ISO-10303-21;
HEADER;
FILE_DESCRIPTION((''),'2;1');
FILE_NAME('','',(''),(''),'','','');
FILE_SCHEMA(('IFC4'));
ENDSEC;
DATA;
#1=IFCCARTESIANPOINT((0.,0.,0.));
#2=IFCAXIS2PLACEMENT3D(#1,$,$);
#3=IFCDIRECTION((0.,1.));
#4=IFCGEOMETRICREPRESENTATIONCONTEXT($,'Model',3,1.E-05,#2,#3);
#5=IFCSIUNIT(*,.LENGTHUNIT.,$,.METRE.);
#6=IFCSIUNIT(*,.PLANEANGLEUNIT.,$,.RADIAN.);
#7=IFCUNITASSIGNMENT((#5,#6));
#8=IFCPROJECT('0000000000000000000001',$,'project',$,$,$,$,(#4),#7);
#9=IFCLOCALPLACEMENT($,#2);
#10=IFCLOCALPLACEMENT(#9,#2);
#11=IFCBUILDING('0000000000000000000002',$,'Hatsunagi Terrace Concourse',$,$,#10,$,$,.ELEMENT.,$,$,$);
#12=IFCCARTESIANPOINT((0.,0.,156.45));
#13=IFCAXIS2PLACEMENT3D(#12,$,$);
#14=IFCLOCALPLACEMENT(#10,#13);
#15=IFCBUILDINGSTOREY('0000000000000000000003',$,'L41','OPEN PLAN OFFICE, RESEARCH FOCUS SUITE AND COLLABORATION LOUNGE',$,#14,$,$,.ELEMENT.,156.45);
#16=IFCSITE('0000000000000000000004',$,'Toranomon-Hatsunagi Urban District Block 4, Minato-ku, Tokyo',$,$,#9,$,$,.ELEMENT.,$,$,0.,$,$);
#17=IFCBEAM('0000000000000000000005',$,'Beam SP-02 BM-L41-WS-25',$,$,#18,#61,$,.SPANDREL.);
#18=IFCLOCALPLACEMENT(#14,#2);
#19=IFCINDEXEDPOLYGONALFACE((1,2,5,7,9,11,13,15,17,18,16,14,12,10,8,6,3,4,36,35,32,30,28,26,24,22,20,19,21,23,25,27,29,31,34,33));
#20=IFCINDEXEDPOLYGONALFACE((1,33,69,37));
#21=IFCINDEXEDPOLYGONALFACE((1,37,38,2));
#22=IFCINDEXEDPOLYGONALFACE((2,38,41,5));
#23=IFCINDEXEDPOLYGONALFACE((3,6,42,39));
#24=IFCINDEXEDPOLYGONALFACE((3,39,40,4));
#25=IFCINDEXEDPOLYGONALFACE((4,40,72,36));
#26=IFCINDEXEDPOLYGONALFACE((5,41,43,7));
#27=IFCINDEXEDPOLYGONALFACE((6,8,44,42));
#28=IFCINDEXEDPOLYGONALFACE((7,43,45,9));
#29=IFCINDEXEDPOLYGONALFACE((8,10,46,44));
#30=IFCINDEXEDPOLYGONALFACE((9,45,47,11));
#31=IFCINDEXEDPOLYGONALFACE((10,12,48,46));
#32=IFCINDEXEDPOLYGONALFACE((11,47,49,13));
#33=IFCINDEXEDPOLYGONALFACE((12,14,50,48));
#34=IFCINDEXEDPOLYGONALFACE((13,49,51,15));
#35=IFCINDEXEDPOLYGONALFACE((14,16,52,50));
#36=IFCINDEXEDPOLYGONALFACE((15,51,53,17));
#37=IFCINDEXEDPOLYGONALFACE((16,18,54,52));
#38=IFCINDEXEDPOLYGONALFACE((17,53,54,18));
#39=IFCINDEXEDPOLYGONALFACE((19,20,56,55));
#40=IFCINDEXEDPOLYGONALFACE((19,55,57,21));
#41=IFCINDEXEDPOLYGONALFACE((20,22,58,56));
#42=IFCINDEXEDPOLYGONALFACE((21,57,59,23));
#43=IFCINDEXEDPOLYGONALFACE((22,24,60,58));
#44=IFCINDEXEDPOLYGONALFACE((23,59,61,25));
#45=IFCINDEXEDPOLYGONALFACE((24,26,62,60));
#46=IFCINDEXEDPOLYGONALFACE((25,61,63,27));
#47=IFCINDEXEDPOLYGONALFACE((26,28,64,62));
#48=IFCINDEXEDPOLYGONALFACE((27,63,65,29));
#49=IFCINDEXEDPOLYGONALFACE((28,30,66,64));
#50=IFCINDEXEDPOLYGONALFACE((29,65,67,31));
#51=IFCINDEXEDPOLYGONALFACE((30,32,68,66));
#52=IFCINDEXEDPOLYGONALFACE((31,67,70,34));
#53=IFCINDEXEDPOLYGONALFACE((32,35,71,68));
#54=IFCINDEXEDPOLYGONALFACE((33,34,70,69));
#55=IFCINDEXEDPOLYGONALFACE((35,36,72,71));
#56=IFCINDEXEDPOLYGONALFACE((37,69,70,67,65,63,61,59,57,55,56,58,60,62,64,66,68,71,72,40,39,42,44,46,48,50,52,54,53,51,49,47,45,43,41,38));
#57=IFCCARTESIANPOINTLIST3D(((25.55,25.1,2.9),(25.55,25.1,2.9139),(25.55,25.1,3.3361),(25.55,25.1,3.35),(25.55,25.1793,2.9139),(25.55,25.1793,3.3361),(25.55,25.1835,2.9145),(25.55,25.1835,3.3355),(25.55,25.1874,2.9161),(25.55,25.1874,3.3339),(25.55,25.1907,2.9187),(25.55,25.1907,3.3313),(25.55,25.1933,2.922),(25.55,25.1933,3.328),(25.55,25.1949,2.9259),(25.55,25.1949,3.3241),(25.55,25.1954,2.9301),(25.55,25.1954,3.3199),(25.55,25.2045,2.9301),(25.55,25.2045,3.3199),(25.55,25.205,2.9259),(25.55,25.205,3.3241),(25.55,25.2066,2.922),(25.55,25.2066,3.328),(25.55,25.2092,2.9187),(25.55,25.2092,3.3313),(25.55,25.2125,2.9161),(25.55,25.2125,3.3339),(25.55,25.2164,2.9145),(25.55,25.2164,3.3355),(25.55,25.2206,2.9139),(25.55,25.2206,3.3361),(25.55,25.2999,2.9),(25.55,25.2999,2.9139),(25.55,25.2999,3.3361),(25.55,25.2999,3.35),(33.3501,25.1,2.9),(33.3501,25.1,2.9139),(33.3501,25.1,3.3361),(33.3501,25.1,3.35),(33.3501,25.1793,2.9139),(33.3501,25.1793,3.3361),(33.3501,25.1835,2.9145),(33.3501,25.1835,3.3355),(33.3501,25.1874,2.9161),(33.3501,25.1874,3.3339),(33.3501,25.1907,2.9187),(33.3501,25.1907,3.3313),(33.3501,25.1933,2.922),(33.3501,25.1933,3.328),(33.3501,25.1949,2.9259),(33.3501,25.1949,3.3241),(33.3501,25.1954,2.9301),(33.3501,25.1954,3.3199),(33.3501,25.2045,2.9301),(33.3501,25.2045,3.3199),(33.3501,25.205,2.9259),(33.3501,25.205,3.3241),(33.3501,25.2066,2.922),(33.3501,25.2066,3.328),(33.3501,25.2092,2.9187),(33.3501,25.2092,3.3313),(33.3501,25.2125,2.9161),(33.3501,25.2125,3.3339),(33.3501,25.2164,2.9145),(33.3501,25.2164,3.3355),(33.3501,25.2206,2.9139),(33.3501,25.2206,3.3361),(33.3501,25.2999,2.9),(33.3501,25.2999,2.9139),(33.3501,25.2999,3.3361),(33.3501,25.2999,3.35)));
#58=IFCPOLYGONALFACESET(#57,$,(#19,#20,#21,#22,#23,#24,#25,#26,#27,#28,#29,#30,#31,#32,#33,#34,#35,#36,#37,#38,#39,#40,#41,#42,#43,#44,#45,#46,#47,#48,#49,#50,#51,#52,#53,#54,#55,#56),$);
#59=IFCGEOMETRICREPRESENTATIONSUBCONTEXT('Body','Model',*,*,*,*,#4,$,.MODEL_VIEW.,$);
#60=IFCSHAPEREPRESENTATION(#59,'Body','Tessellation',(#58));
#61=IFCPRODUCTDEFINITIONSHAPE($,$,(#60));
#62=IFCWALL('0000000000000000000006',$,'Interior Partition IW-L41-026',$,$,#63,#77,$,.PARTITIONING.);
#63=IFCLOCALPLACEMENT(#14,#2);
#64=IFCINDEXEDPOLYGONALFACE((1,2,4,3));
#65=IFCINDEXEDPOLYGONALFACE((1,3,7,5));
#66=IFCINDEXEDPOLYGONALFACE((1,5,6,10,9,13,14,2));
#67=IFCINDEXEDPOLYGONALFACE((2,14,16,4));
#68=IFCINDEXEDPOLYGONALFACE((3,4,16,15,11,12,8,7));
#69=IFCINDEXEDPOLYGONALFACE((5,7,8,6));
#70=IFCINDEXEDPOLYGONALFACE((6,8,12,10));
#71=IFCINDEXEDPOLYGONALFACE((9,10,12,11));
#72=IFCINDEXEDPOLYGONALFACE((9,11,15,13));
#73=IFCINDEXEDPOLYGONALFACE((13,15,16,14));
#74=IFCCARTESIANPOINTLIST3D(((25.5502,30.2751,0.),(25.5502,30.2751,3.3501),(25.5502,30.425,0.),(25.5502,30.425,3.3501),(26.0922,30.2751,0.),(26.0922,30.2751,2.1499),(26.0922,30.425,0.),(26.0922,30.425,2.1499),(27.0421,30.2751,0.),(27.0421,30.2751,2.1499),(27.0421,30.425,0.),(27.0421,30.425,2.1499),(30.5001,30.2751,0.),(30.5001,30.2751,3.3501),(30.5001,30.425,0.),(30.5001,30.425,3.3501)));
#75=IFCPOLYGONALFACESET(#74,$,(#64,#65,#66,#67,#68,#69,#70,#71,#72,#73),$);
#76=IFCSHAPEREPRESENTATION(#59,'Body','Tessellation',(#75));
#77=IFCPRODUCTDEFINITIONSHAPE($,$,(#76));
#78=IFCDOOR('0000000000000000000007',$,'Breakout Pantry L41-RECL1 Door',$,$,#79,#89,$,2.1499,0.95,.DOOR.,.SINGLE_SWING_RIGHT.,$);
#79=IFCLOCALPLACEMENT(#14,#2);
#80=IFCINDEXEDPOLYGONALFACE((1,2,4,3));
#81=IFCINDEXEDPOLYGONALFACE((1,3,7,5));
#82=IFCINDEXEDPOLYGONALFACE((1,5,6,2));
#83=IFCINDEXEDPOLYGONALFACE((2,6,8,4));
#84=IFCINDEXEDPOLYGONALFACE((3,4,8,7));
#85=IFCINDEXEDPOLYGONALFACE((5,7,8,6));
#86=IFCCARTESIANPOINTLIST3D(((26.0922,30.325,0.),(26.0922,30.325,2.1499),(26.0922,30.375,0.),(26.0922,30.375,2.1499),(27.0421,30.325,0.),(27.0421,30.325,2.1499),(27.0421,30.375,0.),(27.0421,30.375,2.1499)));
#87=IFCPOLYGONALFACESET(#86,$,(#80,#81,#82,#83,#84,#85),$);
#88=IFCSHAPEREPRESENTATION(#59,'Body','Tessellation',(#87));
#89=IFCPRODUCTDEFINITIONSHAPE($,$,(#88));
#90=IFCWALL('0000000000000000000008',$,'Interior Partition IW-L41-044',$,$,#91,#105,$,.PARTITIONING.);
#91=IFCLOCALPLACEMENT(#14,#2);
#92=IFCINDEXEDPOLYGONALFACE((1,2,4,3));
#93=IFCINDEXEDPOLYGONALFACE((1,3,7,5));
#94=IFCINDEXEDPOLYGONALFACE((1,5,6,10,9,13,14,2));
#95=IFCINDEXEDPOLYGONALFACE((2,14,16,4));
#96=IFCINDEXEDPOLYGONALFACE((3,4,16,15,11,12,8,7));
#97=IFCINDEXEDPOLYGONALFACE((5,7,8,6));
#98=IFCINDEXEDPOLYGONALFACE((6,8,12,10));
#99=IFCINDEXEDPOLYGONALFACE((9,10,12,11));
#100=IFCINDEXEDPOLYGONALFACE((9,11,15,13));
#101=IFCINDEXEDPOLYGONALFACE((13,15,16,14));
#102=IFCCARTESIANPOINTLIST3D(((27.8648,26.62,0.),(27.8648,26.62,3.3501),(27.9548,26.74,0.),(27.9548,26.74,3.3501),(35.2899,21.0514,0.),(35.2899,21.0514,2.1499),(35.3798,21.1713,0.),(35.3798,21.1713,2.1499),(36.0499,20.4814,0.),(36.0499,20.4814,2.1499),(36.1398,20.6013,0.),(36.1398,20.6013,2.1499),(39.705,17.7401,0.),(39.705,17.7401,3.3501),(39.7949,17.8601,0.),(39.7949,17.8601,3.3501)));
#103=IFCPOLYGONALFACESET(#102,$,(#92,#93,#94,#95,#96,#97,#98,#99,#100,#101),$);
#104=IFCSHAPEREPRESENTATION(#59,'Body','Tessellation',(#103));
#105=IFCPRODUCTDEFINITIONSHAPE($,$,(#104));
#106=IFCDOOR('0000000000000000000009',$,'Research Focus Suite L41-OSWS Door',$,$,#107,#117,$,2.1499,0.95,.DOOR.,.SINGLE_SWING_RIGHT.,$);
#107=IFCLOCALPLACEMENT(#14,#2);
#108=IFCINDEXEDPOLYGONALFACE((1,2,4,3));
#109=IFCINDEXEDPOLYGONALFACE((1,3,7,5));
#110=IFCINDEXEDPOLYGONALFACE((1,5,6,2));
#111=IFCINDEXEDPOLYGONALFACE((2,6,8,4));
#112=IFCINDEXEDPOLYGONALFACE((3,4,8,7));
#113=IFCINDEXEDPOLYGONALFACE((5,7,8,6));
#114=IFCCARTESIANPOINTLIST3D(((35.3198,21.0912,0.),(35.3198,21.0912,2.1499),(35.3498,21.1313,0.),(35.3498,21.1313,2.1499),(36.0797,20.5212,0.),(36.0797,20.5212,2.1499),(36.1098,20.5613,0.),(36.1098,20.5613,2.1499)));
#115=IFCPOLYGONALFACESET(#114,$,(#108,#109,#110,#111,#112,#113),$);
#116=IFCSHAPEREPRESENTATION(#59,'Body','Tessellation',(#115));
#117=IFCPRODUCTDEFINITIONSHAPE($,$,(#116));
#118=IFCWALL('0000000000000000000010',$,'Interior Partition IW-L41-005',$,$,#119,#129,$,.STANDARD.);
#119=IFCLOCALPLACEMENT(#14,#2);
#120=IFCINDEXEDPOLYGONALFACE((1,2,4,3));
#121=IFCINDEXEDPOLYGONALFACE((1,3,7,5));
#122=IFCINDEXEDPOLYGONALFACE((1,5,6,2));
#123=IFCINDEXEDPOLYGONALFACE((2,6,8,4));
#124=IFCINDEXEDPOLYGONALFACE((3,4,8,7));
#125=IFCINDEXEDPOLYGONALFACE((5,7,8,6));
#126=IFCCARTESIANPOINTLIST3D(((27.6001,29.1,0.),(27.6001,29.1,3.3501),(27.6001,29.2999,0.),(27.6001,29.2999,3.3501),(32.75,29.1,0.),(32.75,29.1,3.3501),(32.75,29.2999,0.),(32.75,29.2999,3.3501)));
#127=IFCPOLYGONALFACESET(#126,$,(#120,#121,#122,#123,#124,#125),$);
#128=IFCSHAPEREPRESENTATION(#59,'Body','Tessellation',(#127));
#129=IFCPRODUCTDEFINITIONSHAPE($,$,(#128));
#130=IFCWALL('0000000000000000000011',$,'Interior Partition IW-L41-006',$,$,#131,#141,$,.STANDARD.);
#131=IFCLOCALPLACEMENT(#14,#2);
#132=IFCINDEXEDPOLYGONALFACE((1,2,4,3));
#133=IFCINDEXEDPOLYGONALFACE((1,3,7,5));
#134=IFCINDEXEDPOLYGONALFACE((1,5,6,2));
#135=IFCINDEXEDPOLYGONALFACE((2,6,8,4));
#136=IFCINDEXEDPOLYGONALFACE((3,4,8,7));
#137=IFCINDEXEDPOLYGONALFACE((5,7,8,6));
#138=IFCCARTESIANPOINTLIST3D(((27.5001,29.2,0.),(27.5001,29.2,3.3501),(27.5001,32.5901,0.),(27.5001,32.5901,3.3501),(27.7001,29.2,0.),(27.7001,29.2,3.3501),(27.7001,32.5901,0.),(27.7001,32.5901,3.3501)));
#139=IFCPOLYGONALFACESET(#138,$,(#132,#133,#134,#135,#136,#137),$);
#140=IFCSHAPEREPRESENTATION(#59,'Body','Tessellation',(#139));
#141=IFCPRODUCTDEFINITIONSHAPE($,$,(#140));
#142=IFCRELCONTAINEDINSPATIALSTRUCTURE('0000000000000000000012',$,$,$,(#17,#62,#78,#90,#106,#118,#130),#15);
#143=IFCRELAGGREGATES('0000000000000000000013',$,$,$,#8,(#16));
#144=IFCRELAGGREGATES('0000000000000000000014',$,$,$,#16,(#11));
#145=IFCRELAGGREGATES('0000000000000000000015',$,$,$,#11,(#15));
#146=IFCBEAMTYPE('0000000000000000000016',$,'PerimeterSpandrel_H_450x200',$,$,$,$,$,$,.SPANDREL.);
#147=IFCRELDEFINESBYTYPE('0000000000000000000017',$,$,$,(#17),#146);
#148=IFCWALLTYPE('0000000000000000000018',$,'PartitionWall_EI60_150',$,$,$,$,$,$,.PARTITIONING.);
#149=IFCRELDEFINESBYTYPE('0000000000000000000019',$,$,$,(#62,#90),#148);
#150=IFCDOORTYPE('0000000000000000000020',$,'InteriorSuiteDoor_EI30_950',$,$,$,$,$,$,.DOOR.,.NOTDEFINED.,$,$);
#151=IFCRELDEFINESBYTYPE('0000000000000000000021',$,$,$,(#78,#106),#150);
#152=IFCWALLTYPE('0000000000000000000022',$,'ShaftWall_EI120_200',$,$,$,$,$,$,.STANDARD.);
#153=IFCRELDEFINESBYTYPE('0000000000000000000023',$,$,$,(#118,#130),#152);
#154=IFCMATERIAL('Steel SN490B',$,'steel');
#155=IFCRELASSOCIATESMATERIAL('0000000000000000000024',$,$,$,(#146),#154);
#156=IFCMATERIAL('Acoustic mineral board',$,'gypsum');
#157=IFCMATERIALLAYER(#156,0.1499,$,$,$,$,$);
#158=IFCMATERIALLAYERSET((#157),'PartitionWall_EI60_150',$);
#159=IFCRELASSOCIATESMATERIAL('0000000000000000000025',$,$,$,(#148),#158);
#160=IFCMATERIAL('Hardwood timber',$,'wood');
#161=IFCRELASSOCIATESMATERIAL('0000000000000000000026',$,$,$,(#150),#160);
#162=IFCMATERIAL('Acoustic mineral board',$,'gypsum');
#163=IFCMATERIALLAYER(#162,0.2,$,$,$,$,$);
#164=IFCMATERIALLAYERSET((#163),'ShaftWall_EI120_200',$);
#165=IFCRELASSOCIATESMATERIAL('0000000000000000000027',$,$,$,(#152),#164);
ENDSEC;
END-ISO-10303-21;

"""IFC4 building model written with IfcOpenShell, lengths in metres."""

from ifc_helpers import new_model, si_unit, direction, frame, frame_2d, origin, origin_2d, place, context, subcontext, project, spatial, rectangle, i_section, extrude, material, layer, layer_set, material_profile, profile_set, type_object, element, fill, save


model = new_model("IFC4")

# Units and contexts
model_context = context("Model", 3, precision=1e-05, world=origin(), true_north=direction((0.0, 1.0)))
body_context = subcontext(model_context, "Body", "Model", "MODEL_VIEW")
ifc_project = project(units=[si_unit("LENGTHUNIT", "METRE"), si_unit("PLANEANGLEUNIT", "RADIAN")], contexts=[model_context])

# Site, building, storey
site_placement = place(None, origin())
site = spatial("IfcSite", under=ifc_project, at=site_placement, Name="Toranomon-Hatsunagi Urban District Block 4, Minato-ku, Tokyo", CompositionType="ELEMENT", RefElevation=0.0)
building_placement = place(site_placement, origin())
building = spatial("IfcBuilding", under=site, at=building_placement, Name="Hatsunagi Terrace Concourse", CompositionType="ELEMENT")
storey_placement = place(building_placement, frame((0.0, 0.0, 156.45)))
storey = spatial("IfcBuildingStorey", under=building, at=storey_placement, Name="L41", Description="OPEN PLAN OFFICE, RESEARCH FOCUS SUITE AND COLLABORATION LOUNGE", CompositionType="ELEMENT", Elevation=156.45)

# Beam
ifc_material_1 = material(Name="Steel SN490B", Category="steel")
ifc_material_profile_1 = material_profile(ifc_material_1, i_section(OverallWidth=0.2, OverallDepth=0.45, WebThickness=0.009, FlangeThickness=0.0139, FilletRadius=0.0161, at=origin_2d()), Name="H-450x200x9x14")
ifc_profile_set_1 = profile_set([ifc_material_profile_1], Name="Steel SN490B")
beam_type_1 = type_object("IfcBeamType", Name="PerimeterSpandrel_H_450x200", PredefinedType="SPANDREL", material=ifc_profile_set_1)
beam_1_placement = place(storey_placement, frame((25.55, 25.2, 3.125), z_axis=(1.0, 0.0, 0.0), x_axis=(0.0, 1.0, 0.0)))
element("IfcBeam", 1, at=beam_1_placement, inside=storey, type_object=beam_type_1, Name="Beam SP-02 BM-L41-WS-25", PredefinedType="SPANDREL", context=body_context, shape_type="SweptSolid", body=[
    extrude(i_section(OverallWidth=0.2, OverallDepth=0.45, WebThickness=0.009, FlangeThickness=0.0139, FilletRadius=0.0161, at=origin_2d()), origin(), (0.0, 0.0, 1.0), 7.8),
])

# Walls, openings, doors
ifc_material_2 = material(Name="Acoustic mineral board", Category="gypsum")
ifc_layer_1 = layer(ifc_material_2, 0.1499)
ifc_layer_set_1 = layer_set([ifc_layer_1], Name="PartitionWall_EI60_150")
wall_type_1 = type_object("IfcWallType", Name="PartitionWall_EI60_150", PredefinedType="PARTITIONING", material=ifc_layer_set_1)
wall_1_placement = place(storey_placement, frame((25.55, 30.3501, 0.0), z_axis=(0.0, 0.0, 1.0), x_axis=(1.0, 0.0, 0.0)))
wall_1 = element("IfcWall", 2, at=wall_1_placement, inside=storey, type_object=wall_type_1, Name="Interior Partition IW-L41-026", PredefinedType="PARTITIONING", context=body_context, shape_type="SweptSolid", body=[
    extrude(rectangle(XDim=4.95, YDim=0.1499, at=frame_2d((2.4751, 0.0))), origin(), (0.0, 0.0, 1.0), 3.3501),
])
opening_1_placement = place(wall_1_placement, frame((0.542, 0.0, 0.0)))
opening_1 = element("IfcOpeningElement", 3, at=opening_1_placement, cuts=wall_1, PredefinedType="OPENING", context=body_context, shape_type="SweptSolid", body=[
    extrude(rectangle(XDim=0.95, YDim=2.1499, at=frame_2d((0.4751, 1.075))), frame((0.0, 0.085, 0.0), z_axis=(0.0, -1.0, 0.0), x_axis=(1.0, 0.0, 0.0)), (0.0, 0.0, 1.0), 0.1699),
])
ifc_material_3 = material(Name="Hardwood timber", Category="wood")
door_type = type_object("IfcDoorType", Name="InteriorSuiteDoor_EI30_950", OperationType="NOTDEFINED", PredefinedType="DOOR", material=ifc_material_3)
door_1_placement = place(opening_1_placement, origin())
door_1 = element("IfcDoor", 4, at=door_1_placement, inside=storey, type_object=door_type, Name="Breakout Pantry L41-RECL1 Door", OperationType="SINGLE_SWING_RIGHT", OverallHeight=2.1499, OverallWidth=0.95, PredefinedType="DOOR", context=body_context, shape_type="SweptSolid", body=[
    extrude(rectangle(XDim=0.95, YDim=2.1499, at=frame_2d((0.4751, 1.075))), frame((0.0, 0.0249, 0.0), z_axis=(0.0, -1.0, 0.0), x_axis=(1.0, 0.0, 0.0)), (0.0, 0.0, 1.0), 0.05),
])
fill(opening_1, door_1)
wall_2_placement = place(storey_placement, frame((27.9099, 26.6799, 0.0), z_axis=(0.0, 0.0, 1.0), x_axis=(0.800006, -0.599992, 0.0)))
wall_2 = element("IfcWall", 5, at=wall_2_placement, inside=storey, type_object=wall_type_1, Name="Interior Partition IW-L41-044", PredefinedType="PARTITIONING", context=body_context, shape_type="SweptSolid", body=[
    extrude(rectangle(XDim=14.8, YDim=0.1499, at=frame_2d((7.3999, 0.0))), origin(), (0.0, 0.0, 1.0), 3.3501),
])
opening_2_placement = place(wall_2_placement, frame((9.281, 0.0, 0.0)))
opening_2 = element("IfcOpeningElement", 6, at=opening_2_placement, cuts=wall_2, PredefinedType="OPENING", context=body_context, shape_type="SweptSolid", body=[
    extrude(rectangle(XDim=0.95, YDim=2.1499, at=frame_2d((0.4751, 1.075))), frame((0.0, 0.085, 0.0), z_axis=(0.0, -1.0, 0.0), x_axis=(1.0, 0.0, 0.0)), (0.0, 0.0, 1.0), 0.1699),
])
door_2_placement = place(opening_2_placement, origin())
door_2 = element("IfcDoor", 7, at=door_2_placement, inside=storey, type_object=door_type, Name="Research Focus Suite L41-OSWS Door", OperationType="SINGLE_SWING_RIGHT", OverallHeight=2.1499, OverallWidth=0.95, PredefinedType="DOOR", context=body_context, shape_type="SweptSolid", body=[
    extrude(rectangle(XDim=0.95, YDim=2.1499, at=frame_2d((0.4751, 1.075))), frame((0.0, 0.0249, 0.0), z_axis=(0.0, -1.0, 0.0), x_axis=(1.0, 0.0, 0.0)), (0.0, 0.0, 1.0), 0.05),
])
fill(opening_2, door_2)

# Walls
ifc_material_4 = material(Name="Acoustic mineral board", Category="gypsum")
ifc_layer_2 = layer(ifc_material_4, 0.2)
ifc_layer_set_2 = layer_set([ifc_layer_2], Name="ShaftWall_EI120_200")
wall_type_2 = type_object("IfcWallType", Name="ShaftWall_EI120_200", PredefinedType="STANDARD", material=ifc_layer_set_2)
wall_3_placement = place(storey_placement, frame((27.6001, 29.2, 0.0), z_axis=(0.0, 0.0, 1.0), x_axis=(1.0, 0.0, 0.0)))
element("IfcWall", 8, at=wall_3_placement, inside=storey, type_object=wall_type_2, Name="Interior Partition IW-L41-005", PredefinedType="STANDARD", context=body_context, shape_type="SweptSolid", body=[
    extrude(rectangle(XDim=5.1499, YDim=0.2, at=frame_2d((2.575, 0.0))), origin(), (0.0, 0.0, 1.0), 3.3501),
])
wall_4_placement = place(storey_placement, frame((27.6001, 29.2, 0.0), z_axis=(0.0, 0.0, 1.0), x_axis=(0.0, 1.0, 0.0)))
element("IfcWall", 9, at=wall_4_placement, inside=storey, type_object=wall_type_2, Name="Interior Partition IW-L41-006", PredefinedType="STANDARD", context=body_context, shape_type="SweptSolid", body=[
    extrude(rectangle(XDim=3.3901, YDim=0.2, at=frame_2d((1.6951, 0.0))), origin(), (0.0, 0.0, 1.0), 3.3501),
])

save(model, "model.ifc")
